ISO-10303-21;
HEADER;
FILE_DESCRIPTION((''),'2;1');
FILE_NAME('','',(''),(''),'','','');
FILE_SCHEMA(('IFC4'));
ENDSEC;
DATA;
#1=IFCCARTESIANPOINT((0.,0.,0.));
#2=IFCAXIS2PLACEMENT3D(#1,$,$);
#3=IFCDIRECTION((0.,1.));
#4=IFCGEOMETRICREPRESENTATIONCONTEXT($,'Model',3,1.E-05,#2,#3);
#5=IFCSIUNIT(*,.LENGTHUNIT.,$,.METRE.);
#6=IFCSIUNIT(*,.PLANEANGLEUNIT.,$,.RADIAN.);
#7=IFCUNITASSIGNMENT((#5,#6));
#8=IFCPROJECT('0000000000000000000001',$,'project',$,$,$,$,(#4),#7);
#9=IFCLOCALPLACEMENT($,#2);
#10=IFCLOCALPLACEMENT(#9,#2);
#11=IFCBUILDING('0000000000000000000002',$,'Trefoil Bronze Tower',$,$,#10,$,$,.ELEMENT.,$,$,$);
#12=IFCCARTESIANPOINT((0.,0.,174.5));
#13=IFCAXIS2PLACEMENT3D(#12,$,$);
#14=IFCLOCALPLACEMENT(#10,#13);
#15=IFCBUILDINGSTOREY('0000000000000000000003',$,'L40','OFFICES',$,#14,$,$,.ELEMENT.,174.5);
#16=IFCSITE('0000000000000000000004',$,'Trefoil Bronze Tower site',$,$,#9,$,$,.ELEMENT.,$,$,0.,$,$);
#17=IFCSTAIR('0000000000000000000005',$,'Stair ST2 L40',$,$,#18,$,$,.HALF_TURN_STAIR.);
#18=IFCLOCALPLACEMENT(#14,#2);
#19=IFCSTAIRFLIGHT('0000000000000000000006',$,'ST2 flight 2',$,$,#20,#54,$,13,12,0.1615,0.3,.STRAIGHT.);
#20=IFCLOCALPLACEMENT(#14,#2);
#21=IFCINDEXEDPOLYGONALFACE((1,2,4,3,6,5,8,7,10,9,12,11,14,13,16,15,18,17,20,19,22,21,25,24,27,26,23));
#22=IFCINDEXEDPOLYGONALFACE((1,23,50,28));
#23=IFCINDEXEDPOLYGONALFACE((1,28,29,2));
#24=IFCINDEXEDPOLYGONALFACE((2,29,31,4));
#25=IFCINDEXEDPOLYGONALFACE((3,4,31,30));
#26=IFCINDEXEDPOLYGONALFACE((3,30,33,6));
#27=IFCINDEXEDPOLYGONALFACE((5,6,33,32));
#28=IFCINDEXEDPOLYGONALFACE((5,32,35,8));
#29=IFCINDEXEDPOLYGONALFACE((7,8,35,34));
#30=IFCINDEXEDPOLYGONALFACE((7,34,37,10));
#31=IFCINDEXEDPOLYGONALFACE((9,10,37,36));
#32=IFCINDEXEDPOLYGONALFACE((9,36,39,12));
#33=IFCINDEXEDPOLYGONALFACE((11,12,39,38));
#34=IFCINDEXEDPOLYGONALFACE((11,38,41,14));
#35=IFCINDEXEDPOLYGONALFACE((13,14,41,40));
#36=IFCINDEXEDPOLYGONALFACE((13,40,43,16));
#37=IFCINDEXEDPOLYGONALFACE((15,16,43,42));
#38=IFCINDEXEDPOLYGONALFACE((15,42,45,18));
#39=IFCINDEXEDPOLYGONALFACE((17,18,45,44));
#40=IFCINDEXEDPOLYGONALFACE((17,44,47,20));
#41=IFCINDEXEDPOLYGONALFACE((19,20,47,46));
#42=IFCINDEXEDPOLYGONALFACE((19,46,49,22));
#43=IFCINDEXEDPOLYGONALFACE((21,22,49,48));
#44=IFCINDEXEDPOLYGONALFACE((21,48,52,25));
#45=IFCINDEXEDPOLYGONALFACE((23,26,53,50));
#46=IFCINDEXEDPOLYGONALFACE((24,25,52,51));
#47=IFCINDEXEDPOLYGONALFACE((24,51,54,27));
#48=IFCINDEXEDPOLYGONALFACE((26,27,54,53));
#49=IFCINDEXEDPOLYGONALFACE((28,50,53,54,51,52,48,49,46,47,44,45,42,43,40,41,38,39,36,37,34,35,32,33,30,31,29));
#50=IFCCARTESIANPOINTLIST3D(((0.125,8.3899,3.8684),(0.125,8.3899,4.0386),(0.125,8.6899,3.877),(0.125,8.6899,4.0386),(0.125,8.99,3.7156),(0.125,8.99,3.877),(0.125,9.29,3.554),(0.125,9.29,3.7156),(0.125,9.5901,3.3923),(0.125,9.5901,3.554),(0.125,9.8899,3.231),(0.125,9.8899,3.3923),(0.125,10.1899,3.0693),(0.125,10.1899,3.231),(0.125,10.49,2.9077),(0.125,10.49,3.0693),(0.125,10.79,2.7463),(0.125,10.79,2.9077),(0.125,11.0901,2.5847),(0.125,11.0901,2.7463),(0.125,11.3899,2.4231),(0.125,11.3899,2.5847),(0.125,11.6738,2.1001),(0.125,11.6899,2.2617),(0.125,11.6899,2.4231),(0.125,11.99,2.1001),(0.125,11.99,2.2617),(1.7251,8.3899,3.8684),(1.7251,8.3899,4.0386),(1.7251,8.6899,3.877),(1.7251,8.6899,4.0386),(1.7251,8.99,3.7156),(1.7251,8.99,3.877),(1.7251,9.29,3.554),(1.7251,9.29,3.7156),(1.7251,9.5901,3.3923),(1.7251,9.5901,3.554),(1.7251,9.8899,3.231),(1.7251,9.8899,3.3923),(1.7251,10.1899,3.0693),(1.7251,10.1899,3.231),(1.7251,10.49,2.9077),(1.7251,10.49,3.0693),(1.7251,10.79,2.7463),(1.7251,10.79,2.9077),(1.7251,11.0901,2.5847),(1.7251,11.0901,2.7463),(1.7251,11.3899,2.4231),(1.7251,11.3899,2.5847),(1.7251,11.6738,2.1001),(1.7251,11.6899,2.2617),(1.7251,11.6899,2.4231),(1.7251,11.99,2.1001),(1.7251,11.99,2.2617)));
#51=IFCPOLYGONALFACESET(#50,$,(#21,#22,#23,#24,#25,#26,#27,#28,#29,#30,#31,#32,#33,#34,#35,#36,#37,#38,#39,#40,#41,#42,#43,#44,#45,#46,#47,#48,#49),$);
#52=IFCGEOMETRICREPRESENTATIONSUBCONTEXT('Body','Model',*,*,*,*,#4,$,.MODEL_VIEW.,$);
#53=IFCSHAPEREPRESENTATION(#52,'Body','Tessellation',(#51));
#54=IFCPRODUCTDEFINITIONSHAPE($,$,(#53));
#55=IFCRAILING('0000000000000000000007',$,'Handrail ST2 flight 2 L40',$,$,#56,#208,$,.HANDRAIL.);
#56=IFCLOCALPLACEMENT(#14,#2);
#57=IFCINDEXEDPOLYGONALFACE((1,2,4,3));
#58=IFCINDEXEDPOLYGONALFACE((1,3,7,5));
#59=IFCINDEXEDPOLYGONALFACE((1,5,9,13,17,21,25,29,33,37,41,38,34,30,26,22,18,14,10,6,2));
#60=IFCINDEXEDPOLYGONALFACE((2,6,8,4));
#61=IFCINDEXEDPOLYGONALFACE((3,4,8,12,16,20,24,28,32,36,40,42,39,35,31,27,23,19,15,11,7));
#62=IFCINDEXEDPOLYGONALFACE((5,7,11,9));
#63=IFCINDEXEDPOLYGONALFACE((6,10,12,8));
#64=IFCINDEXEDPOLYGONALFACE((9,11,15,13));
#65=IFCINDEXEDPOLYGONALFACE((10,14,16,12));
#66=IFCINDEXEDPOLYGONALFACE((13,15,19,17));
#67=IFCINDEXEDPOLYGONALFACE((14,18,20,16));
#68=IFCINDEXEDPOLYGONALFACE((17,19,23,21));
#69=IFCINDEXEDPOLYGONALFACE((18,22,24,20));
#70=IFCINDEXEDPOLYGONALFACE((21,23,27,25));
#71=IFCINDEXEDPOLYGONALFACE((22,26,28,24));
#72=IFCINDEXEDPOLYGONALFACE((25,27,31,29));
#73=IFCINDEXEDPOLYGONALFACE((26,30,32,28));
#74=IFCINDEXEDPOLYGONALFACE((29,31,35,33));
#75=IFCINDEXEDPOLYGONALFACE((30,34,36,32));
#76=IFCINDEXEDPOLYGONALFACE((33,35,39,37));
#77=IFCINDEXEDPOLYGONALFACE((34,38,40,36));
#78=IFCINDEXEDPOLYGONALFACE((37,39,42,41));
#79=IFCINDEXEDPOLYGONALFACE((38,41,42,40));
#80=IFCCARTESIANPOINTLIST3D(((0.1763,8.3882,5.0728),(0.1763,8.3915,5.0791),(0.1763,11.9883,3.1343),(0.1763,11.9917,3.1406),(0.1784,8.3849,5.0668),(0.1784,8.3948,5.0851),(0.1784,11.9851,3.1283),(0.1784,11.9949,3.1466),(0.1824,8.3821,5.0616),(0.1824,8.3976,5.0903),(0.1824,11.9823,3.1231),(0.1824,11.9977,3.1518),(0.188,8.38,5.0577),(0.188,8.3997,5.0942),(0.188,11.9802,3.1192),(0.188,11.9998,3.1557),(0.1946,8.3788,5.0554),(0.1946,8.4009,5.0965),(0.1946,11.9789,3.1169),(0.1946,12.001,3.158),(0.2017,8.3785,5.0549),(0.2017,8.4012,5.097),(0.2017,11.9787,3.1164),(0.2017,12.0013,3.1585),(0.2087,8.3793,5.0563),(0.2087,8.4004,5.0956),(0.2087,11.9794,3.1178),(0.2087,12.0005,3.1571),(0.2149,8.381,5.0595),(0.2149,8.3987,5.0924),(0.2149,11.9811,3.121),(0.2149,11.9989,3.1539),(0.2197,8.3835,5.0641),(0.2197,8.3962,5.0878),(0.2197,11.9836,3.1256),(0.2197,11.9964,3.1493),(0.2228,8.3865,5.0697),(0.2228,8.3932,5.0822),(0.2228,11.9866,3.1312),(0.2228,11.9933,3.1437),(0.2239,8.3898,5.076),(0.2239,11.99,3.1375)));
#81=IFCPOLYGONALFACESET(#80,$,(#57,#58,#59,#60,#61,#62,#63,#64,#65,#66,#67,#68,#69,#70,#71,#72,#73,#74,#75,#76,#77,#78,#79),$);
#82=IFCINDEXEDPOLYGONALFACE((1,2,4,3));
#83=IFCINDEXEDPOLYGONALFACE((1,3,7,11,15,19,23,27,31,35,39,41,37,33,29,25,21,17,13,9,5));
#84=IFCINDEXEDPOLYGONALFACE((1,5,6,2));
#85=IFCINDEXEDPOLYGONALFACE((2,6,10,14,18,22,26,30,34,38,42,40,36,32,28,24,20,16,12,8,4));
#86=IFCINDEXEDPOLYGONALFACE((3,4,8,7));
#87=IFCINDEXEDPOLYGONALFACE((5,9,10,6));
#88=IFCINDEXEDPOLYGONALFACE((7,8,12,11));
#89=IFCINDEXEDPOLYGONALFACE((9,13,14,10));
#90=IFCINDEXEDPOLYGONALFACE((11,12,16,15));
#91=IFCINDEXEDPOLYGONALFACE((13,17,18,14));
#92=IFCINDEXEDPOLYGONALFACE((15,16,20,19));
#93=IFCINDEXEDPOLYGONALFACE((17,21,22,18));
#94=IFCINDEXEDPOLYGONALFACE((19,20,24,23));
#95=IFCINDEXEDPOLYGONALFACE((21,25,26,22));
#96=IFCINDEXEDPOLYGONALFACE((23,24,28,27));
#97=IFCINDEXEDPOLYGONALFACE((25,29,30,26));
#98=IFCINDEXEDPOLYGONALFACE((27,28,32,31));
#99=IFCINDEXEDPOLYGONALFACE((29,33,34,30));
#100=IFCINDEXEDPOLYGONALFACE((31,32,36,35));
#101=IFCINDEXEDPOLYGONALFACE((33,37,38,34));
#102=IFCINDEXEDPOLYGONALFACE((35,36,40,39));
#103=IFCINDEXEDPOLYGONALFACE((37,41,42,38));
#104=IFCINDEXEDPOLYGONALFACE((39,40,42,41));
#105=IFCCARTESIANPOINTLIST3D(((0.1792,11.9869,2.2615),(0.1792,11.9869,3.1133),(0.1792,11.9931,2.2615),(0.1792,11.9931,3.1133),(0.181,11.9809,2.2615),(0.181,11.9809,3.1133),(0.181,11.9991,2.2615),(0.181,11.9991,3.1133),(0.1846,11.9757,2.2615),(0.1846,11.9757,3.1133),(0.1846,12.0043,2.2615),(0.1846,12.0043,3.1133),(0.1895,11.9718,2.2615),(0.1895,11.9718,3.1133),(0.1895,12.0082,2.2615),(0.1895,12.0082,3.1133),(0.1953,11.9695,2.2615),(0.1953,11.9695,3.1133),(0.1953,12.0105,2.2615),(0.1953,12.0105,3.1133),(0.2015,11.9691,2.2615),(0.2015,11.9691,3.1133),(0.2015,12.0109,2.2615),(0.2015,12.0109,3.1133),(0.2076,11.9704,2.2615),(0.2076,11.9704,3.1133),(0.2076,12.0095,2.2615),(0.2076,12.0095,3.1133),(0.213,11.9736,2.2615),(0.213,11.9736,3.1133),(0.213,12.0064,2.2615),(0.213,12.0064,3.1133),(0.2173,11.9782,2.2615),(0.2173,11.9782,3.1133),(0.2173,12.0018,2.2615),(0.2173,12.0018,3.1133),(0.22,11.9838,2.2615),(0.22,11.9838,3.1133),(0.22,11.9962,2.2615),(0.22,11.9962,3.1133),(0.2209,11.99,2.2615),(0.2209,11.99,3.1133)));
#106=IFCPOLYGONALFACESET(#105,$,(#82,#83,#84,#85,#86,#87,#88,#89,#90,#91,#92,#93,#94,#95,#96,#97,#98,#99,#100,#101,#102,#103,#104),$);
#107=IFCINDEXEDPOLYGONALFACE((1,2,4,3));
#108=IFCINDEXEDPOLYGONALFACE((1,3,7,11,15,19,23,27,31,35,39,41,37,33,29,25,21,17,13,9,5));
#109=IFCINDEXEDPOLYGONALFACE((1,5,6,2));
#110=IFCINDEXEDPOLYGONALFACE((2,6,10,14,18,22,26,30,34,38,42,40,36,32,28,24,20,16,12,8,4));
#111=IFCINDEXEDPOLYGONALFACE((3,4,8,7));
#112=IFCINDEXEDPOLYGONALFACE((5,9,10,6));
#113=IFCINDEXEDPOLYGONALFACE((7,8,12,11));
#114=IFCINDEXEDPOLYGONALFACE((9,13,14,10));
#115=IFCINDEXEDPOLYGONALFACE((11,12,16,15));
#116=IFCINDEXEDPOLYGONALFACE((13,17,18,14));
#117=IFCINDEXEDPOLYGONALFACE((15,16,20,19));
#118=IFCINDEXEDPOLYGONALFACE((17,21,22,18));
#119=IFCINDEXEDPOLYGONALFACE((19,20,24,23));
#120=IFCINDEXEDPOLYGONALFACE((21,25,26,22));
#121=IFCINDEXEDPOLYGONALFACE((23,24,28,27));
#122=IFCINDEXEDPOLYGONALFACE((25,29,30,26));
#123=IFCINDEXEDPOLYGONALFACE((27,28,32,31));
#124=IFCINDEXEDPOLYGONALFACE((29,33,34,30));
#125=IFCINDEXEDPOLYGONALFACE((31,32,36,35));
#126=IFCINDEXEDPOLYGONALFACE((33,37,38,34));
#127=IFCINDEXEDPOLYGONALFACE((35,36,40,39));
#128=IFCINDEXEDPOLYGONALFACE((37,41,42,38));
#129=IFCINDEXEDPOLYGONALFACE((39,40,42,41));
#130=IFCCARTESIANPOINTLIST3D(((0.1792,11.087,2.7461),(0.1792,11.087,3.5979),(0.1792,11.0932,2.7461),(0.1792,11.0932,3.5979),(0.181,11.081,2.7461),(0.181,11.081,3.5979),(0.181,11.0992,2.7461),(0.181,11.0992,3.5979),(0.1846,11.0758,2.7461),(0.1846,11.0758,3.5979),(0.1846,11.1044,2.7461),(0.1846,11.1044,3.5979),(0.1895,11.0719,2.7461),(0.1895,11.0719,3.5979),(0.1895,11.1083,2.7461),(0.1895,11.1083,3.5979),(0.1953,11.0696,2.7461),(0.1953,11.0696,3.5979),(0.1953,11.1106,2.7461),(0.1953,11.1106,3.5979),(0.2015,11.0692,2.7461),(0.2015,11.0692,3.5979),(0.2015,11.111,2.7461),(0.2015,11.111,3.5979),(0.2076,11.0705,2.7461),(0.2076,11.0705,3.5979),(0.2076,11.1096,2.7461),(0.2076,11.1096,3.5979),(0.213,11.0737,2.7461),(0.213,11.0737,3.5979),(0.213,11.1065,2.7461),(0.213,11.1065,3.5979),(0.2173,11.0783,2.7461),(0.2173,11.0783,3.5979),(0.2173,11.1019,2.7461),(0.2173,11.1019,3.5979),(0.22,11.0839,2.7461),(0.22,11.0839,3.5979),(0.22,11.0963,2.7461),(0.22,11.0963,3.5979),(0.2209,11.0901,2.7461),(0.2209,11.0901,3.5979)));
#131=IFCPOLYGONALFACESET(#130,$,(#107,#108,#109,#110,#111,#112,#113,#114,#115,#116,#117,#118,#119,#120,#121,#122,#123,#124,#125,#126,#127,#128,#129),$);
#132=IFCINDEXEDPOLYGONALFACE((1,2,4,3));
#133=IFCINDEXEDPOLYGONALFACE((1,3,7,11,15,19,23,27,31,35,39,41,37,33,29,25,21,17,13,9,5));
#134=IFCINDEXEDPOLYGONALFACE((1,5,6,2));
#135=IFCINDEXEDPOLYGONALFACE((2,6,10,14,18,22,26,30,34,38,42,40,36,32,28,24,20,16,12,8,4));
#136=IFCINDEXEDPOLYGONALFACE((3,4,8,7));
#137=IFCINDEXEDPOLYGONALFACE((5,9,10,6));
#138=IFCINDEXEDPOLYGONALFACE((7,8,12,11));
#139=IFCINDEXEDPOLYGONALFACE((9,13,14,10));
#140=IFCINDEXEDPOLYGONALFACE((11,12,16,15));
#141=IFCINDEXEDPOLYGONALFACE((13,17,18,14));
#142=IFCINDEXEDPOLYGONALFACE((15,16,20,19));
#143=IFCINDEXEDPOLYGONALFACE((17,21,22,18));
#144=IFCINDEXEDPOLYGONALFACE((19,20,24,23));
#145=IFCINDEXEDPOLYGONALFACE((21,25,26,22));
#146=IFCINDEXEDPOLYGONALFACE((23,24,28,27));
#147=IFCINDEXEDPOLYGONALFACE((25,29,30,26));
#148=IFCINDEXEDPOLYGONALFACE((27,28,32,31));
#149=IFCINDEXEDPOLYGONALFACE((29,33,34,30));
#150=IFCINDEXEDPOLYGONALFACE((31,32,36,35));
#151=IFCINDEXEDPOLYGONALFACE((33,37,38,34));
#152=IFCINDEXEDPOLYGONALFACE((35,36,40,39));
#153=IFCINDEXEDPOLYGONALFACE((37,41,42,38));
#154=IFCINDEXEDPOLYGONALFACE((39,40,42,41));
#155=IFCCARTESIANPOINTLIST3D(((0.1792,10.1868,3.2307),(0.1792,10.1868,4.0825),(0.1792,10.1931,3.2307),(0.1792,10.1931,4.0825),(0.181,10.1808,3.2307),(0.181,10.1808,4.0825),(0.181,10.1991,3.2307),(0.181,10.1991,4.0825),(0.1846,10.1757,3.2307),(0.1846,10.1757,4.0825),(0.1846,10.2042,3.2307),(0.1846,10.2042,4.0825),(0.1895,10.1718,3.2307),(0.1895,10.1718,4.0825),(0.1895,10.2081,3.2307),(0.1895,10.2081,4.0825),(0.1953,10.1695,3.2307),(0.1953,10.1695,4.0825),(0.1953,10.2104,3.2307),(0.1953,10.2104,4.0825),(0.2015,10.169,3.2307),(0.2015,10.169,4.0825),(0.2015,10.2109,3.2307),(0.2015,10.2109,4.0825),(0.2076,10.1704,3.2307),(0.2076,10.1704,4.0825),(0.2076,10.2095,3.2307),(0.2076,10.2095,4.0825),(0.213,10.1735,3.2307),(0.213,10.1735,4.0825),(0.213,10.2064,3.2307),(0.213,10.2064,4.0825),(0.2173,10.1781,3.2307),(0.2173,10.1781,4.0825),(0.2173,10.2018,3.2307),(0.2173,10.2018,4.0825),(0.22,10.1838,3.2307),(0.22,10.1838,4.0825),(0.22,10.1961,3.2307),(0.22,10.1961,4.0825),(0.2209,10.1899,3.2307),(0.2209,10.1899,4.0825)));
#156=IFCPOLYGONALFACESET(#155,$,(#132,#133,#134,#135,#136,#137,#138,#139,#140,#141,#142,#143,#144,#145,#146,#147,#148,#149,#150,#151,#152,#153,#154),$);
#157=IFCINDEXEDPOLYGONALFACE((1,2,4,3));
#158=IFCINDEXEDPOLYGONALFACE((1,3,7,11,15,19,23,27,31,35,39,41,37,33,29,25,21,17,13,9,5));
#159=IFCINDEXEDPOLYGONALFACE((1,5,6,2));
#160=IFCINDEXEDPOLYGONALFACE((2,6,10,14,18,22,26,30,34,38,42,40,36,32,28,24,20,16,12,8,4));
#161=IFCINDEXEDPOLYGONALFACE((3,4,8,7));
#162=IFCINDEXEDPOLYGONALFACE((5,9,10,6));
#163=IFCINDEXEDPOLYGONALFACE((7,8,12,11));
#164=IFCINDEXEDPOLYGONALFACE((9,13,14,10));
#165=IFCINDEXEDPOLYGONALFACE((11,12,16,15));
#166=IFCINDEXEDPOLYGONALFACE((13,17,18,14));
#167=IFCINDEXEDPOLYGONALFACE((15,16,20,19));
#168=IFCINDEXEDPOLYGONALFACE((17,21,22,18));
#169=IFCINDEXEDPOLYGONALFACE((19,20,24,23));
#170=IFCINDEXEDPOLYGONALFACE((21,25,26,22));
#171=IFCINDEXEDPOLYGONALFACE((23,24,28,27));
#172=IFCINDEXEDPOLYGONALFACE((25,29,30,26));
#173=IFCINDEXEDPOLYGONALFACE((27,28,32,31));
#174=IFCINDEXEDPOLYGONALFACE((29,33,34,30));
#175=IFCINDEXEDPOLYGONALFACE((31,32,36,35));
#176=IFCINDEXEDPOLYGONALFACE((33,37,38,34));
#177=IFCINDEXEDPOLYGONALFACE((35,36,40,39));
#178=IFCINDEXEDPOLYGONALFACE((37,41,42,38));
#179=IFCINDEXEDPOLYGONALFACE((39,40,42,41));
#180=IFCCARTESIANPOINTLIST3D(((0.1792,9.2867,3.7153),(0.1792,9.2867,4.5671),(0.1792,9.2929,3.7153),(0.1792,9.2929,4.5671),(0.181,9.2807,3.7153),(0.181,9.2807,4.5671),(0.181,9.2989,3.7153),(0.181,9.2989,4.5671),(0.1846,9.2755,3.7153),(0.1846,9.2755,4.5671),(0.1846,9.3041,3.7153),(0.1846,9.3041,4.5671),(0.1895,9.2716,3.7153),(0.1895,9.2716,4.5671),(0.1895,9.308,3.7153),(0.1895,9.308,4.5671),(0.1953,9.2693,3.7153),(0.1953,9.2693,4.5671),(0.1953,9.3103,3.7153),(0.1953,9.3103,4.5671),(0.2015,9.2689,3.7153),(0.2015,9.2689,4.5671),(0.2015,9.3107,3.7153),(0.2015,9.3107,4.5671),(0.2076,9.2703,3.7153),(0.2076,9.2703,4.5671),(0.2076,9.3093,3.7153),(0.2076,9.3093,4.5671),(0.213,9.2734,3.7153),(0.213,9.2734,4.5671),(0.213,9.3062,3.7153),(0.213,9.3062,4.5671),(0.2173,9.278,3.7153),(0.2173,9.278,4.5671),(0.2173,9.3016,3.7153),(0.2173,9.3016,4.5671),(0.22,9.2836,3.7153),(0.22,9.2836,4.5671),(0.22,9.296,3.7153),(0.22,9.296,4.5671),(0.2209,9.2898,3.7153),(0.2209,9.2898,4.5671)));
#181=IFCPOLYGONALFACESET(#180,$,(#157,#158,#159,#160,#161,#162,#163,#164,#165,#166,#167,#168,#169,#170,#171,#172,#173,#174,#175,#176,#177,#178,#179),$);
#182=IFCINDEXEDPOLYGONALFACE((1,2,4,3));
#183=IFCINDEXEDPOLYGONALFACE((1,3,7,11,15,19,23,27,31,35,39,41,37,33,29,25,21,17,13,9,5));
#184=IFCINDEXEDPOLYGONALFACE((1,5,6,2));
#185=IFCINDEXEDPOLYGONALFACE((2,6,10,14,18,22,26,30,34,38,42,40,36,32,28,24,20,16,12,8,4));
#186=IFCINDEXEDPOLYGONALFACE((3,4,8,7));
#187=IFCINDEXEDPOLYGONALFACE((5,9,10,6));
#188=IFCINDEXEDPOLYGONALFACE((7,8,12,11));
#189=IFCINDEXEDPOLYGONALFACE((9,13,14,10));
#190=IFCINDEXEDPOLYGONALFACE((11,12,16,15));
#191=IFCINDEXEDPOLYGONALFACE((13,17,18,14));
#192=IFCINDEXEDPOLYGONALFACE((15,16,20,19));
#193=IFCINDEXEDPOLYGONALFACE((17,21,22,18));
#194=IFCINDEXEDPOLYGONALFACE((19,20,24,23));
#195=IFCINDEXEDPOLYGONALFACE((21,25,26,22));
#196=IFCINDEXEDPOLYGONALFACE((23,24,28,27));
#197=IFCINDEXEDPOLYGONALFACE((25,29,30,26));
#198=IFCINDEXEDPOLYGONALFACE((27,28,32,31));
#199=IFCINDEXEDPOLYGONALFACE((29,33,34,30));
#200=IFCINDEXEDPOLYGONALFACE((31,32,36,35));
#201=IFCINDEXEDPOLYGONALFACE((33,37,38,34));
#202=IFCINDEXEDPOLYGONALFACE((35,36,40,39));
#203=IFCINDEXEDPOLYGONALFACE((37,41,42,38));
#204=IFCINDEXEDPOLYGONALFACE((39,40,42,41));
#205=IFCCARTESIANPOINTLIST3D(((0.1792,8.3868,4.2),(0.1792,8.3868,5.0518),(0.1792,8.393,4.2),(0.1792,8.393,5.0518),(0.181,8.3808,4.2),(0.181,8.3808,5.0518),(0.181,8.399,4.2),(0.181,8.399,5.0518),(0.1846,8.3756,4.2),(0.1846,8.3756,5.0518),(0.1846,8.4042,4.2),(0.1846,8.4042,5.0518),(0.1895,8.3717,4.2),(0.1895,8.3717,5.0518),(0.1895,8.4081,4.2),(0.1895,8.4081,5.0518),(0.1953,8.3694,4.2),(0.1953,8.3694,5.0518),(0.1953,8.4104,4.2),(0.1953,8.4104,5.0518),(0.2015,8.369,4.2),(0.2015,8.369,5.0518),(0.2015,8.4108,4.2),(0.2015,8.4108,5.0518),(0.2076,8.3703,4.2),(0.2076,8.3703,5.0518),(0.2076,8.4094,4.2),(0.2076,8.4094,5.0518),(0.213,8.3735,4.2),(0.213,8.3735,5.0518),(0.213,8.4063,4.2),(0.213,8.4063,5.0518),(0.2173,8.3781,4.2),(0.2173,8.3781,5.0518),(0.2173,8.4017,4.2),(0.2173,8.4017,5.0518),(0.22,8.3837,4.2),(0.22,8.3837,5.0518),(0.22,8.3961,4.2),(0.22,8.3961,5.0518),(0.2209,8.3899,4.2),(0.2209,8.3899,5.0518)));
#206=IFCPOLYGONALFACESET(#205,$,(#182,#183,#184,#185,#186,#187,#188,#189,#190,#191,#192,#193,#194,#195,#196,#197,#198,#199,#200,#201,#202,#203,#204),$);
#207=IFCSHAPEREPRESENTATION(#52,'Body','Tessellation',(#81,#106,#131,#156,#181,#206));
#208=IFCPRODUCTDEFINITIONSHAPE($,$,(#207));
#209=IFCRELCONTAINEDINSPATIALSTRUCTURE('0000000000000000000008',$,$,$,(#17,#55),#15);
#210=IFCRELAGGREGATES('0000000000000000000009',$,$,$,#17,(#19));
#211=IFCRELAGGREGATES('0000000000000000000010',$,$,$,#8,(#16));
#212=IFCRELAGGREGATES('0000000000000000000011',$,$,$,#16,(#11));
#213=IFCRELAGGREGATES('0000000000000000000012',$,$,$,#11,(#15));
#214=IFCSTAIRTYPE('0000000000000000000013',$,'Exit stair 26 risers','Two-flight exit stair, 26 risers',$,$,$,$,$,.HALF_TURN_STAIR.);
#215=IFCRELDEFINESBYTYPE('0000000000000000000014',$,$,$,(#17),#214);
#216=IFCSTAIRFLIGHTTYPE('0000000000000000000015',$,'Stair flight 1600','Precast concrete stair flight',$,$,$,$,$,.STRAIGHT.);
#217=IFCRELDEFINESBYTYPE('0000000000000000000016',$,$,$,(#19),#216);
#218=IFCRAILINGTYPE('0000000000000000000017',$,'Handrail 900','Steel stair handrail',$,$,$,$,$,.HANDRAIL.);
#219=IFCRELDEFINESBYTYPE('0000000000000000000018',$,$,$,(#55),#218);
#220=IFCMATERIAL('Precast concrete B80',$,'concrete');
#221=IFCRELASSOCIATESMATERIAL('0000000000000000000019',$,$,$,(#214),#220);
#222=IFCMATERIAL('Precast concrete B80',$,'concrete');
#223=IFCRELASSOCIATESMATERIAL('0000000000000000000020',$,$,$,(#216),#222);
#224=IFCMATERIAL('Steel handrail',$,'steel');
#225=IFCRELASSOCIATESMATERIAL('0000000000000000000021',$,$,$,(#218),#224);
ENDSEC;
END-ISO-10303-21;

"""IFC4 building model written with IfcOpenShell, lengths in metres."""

from ifc_helpers import new_model, si_unit, direction, frame, origin, origin_2d, place, context, subcontext, project, spatial, polyline, circle, outline, extrude, material, type_object, element, aggregate, save


model = new_model("IFC4")

# Units and contexts
model_context = context("Model", 3, precision=1e-05, world=origin(), true_north=direction((0.0, 1.0)))
body_context = subcontext(model_context, "Body", "Model", "MODEL_VIEW")
ifc_project = project(units=[si_unit("LENGTHUNIT", "METRE"), si_unit("PLANEANGLEUNIT", "RADIAN")], contexts=[model_context])

# Site, building, storey
site_placement = place(None, origin())
site = spatial("IfcSite", under=ifc_project, at=site_placement, Name="Trefoil Bronze Tower site", CompositionType="ELEMENT", RefElevation=0.0)
building_placement = place(site_placement, origin())
building = spatial("IfcBuilding", under=site, at=building_placement, Name="Trefoil Bronze Tower", CompositionType="ELEMENT")
storey_placement = place(building_placement, frame((0.0, 0.0, 174.5)))
storey = spatial("IfcBuildingStorey", under=building, at=storey_placement, Name="L40", Description="OFFICES", CompositionType="ELEMENT", Elevation=174.5)

# Stair, stair flight
ifc_material_1 = material(Name="Precast concrete B80", Category="concrete")
stair_type = type_object("IfcStairType", Name="Exit stair 26 risers", Description="Two-flight exit stair, 26 risers", PredefinedType="HALF_TURN_STAIR", material=ifc_material_1)
stair_placement = place(storey_placement, origin())
stair = element("IfcStair", 1, at=stair_placement, inside=storey, type_object=stair_type, Name="Stair ST2 L40", PredefinedType="HALF_TURN_STAIR")
ifc_material_2 = material(Name="Precast concrete B80", Category="concrete")
stair_flight_type = type_object("IfcStairFlightType", Name="Stair flight 1600", Description="Precast concrete stair flight", PredefinedType="STRAIGHT", material=ifc_material_2)
stair_flight_placement = place(storey_placement, frame((0.925, 11.99, 2.1001), z_axis=(0.0, 0.0, 1.0), x_axis=(0.0, -1.0, 0.0)))
stair_flight = element("IfcStairFlight", 2, at=stair_flight_placement, type_object=stair_flight_type, Name="ST2 flight 2", NumberOfRisers=13, NumberOfTreads=12, PredefinedType="STRAIGHT", RiserHeight=0.1615, TreadLength=0.3, context=body_context, shape_type="SweptSolid", body=[
    extrude(outline(polyline([(0.0, 0.0), (0.0, 0.1616), (0.3, 0.1616), (0.3, 0.323), (0.6001, 0.323), (0.6001, 0.4846), (0.8999, 0.4846), (0.8999, 0.6462), (1.2, 0.6462), (1.2, 0.8076), (1.5, 0.8076), (1.5, 0.9692), (1.8, 0.9692), (1.8, 1.1309), (2.1001, 1.1309), (2.1001, 1.2922), (2.3999, 1.2922), (2.3999, 1.4539), (2.7, 1.4539), (2.7, 1.6155), (3.0, 1.6155), (3.0, 1.7769), (3.3, 1.7769), (3.3, 1.9385), (3.6001, 1.9385), (3.6001, 2.1001), (3.6001, 1.7683), (0.3162, 0.0), (0.0, 0.0)])), frame((0.0, 0.8, 0.0), z_axis=(0.0, -1.0, 0.0), x_axis=(1.0, 0.0, 0.0)), (0.0, 0.0, 1.0), 1.6001),
])
aggregate(stair, [stair_flight])

# Railing
ifc_material_3 = material(Name="Steel handrail", Category="steel")
railing_type = type_object("IfcRailingType", Name="Handrail 900", Description="Steel stair handrail", PredefinedType="HANDRAIL", material=ifc_material_3)
railing_placement = place(storey_placement, frame((0.2, 11.99, 2.2615)))
element("IfcRailing", 3, at=railing_placement, inside=storey, type_object=railing_type, Name="Handrail ST2 flight 2 L40", PredefinedType="HANDRAIL", context=body_context, shape_type="SweptSolid", body=[
    extrude(circle(Radius=0.0239, at=origin_2d()), frame((0.0, 0.0, 0.876), z_axis=(0.0, -0.880475, 0.474093), x_axis=(1.0, 0.0, 0.0)), (0.0, 0.0, 1.0), 4.0889),
    extrude(circle(Radius=0.021, at=origin_2d()), origin(), (0.0, 0.0, 1.0), 0.8518),
    extrude(circle(Radius=0.021, at=origin_2d()), frame((0.0, -0.8999, 0.4846)), (0.0, 0.0, 1.0), 0.8518),
    extrude(circle(Radius=0.021, at=origin_2d()), frame((0.0, -1.8, 0.9692)), (0.0, 0.0, 1.0), 0.8518),
    extrude(circle(Radius=0.021, at=origin_2d()), frame((0.0, -2.7002, 1.4539)), (0.0, 0.0, 1.0), 0.8518),
    extrude(circle(Radius=0.021, at=origin_2d()), frame((0.0, -3.6001, 1.9385)), (0.0, 0.0, 1.0), 0.8518),
])

save(model, "model.ifc")
